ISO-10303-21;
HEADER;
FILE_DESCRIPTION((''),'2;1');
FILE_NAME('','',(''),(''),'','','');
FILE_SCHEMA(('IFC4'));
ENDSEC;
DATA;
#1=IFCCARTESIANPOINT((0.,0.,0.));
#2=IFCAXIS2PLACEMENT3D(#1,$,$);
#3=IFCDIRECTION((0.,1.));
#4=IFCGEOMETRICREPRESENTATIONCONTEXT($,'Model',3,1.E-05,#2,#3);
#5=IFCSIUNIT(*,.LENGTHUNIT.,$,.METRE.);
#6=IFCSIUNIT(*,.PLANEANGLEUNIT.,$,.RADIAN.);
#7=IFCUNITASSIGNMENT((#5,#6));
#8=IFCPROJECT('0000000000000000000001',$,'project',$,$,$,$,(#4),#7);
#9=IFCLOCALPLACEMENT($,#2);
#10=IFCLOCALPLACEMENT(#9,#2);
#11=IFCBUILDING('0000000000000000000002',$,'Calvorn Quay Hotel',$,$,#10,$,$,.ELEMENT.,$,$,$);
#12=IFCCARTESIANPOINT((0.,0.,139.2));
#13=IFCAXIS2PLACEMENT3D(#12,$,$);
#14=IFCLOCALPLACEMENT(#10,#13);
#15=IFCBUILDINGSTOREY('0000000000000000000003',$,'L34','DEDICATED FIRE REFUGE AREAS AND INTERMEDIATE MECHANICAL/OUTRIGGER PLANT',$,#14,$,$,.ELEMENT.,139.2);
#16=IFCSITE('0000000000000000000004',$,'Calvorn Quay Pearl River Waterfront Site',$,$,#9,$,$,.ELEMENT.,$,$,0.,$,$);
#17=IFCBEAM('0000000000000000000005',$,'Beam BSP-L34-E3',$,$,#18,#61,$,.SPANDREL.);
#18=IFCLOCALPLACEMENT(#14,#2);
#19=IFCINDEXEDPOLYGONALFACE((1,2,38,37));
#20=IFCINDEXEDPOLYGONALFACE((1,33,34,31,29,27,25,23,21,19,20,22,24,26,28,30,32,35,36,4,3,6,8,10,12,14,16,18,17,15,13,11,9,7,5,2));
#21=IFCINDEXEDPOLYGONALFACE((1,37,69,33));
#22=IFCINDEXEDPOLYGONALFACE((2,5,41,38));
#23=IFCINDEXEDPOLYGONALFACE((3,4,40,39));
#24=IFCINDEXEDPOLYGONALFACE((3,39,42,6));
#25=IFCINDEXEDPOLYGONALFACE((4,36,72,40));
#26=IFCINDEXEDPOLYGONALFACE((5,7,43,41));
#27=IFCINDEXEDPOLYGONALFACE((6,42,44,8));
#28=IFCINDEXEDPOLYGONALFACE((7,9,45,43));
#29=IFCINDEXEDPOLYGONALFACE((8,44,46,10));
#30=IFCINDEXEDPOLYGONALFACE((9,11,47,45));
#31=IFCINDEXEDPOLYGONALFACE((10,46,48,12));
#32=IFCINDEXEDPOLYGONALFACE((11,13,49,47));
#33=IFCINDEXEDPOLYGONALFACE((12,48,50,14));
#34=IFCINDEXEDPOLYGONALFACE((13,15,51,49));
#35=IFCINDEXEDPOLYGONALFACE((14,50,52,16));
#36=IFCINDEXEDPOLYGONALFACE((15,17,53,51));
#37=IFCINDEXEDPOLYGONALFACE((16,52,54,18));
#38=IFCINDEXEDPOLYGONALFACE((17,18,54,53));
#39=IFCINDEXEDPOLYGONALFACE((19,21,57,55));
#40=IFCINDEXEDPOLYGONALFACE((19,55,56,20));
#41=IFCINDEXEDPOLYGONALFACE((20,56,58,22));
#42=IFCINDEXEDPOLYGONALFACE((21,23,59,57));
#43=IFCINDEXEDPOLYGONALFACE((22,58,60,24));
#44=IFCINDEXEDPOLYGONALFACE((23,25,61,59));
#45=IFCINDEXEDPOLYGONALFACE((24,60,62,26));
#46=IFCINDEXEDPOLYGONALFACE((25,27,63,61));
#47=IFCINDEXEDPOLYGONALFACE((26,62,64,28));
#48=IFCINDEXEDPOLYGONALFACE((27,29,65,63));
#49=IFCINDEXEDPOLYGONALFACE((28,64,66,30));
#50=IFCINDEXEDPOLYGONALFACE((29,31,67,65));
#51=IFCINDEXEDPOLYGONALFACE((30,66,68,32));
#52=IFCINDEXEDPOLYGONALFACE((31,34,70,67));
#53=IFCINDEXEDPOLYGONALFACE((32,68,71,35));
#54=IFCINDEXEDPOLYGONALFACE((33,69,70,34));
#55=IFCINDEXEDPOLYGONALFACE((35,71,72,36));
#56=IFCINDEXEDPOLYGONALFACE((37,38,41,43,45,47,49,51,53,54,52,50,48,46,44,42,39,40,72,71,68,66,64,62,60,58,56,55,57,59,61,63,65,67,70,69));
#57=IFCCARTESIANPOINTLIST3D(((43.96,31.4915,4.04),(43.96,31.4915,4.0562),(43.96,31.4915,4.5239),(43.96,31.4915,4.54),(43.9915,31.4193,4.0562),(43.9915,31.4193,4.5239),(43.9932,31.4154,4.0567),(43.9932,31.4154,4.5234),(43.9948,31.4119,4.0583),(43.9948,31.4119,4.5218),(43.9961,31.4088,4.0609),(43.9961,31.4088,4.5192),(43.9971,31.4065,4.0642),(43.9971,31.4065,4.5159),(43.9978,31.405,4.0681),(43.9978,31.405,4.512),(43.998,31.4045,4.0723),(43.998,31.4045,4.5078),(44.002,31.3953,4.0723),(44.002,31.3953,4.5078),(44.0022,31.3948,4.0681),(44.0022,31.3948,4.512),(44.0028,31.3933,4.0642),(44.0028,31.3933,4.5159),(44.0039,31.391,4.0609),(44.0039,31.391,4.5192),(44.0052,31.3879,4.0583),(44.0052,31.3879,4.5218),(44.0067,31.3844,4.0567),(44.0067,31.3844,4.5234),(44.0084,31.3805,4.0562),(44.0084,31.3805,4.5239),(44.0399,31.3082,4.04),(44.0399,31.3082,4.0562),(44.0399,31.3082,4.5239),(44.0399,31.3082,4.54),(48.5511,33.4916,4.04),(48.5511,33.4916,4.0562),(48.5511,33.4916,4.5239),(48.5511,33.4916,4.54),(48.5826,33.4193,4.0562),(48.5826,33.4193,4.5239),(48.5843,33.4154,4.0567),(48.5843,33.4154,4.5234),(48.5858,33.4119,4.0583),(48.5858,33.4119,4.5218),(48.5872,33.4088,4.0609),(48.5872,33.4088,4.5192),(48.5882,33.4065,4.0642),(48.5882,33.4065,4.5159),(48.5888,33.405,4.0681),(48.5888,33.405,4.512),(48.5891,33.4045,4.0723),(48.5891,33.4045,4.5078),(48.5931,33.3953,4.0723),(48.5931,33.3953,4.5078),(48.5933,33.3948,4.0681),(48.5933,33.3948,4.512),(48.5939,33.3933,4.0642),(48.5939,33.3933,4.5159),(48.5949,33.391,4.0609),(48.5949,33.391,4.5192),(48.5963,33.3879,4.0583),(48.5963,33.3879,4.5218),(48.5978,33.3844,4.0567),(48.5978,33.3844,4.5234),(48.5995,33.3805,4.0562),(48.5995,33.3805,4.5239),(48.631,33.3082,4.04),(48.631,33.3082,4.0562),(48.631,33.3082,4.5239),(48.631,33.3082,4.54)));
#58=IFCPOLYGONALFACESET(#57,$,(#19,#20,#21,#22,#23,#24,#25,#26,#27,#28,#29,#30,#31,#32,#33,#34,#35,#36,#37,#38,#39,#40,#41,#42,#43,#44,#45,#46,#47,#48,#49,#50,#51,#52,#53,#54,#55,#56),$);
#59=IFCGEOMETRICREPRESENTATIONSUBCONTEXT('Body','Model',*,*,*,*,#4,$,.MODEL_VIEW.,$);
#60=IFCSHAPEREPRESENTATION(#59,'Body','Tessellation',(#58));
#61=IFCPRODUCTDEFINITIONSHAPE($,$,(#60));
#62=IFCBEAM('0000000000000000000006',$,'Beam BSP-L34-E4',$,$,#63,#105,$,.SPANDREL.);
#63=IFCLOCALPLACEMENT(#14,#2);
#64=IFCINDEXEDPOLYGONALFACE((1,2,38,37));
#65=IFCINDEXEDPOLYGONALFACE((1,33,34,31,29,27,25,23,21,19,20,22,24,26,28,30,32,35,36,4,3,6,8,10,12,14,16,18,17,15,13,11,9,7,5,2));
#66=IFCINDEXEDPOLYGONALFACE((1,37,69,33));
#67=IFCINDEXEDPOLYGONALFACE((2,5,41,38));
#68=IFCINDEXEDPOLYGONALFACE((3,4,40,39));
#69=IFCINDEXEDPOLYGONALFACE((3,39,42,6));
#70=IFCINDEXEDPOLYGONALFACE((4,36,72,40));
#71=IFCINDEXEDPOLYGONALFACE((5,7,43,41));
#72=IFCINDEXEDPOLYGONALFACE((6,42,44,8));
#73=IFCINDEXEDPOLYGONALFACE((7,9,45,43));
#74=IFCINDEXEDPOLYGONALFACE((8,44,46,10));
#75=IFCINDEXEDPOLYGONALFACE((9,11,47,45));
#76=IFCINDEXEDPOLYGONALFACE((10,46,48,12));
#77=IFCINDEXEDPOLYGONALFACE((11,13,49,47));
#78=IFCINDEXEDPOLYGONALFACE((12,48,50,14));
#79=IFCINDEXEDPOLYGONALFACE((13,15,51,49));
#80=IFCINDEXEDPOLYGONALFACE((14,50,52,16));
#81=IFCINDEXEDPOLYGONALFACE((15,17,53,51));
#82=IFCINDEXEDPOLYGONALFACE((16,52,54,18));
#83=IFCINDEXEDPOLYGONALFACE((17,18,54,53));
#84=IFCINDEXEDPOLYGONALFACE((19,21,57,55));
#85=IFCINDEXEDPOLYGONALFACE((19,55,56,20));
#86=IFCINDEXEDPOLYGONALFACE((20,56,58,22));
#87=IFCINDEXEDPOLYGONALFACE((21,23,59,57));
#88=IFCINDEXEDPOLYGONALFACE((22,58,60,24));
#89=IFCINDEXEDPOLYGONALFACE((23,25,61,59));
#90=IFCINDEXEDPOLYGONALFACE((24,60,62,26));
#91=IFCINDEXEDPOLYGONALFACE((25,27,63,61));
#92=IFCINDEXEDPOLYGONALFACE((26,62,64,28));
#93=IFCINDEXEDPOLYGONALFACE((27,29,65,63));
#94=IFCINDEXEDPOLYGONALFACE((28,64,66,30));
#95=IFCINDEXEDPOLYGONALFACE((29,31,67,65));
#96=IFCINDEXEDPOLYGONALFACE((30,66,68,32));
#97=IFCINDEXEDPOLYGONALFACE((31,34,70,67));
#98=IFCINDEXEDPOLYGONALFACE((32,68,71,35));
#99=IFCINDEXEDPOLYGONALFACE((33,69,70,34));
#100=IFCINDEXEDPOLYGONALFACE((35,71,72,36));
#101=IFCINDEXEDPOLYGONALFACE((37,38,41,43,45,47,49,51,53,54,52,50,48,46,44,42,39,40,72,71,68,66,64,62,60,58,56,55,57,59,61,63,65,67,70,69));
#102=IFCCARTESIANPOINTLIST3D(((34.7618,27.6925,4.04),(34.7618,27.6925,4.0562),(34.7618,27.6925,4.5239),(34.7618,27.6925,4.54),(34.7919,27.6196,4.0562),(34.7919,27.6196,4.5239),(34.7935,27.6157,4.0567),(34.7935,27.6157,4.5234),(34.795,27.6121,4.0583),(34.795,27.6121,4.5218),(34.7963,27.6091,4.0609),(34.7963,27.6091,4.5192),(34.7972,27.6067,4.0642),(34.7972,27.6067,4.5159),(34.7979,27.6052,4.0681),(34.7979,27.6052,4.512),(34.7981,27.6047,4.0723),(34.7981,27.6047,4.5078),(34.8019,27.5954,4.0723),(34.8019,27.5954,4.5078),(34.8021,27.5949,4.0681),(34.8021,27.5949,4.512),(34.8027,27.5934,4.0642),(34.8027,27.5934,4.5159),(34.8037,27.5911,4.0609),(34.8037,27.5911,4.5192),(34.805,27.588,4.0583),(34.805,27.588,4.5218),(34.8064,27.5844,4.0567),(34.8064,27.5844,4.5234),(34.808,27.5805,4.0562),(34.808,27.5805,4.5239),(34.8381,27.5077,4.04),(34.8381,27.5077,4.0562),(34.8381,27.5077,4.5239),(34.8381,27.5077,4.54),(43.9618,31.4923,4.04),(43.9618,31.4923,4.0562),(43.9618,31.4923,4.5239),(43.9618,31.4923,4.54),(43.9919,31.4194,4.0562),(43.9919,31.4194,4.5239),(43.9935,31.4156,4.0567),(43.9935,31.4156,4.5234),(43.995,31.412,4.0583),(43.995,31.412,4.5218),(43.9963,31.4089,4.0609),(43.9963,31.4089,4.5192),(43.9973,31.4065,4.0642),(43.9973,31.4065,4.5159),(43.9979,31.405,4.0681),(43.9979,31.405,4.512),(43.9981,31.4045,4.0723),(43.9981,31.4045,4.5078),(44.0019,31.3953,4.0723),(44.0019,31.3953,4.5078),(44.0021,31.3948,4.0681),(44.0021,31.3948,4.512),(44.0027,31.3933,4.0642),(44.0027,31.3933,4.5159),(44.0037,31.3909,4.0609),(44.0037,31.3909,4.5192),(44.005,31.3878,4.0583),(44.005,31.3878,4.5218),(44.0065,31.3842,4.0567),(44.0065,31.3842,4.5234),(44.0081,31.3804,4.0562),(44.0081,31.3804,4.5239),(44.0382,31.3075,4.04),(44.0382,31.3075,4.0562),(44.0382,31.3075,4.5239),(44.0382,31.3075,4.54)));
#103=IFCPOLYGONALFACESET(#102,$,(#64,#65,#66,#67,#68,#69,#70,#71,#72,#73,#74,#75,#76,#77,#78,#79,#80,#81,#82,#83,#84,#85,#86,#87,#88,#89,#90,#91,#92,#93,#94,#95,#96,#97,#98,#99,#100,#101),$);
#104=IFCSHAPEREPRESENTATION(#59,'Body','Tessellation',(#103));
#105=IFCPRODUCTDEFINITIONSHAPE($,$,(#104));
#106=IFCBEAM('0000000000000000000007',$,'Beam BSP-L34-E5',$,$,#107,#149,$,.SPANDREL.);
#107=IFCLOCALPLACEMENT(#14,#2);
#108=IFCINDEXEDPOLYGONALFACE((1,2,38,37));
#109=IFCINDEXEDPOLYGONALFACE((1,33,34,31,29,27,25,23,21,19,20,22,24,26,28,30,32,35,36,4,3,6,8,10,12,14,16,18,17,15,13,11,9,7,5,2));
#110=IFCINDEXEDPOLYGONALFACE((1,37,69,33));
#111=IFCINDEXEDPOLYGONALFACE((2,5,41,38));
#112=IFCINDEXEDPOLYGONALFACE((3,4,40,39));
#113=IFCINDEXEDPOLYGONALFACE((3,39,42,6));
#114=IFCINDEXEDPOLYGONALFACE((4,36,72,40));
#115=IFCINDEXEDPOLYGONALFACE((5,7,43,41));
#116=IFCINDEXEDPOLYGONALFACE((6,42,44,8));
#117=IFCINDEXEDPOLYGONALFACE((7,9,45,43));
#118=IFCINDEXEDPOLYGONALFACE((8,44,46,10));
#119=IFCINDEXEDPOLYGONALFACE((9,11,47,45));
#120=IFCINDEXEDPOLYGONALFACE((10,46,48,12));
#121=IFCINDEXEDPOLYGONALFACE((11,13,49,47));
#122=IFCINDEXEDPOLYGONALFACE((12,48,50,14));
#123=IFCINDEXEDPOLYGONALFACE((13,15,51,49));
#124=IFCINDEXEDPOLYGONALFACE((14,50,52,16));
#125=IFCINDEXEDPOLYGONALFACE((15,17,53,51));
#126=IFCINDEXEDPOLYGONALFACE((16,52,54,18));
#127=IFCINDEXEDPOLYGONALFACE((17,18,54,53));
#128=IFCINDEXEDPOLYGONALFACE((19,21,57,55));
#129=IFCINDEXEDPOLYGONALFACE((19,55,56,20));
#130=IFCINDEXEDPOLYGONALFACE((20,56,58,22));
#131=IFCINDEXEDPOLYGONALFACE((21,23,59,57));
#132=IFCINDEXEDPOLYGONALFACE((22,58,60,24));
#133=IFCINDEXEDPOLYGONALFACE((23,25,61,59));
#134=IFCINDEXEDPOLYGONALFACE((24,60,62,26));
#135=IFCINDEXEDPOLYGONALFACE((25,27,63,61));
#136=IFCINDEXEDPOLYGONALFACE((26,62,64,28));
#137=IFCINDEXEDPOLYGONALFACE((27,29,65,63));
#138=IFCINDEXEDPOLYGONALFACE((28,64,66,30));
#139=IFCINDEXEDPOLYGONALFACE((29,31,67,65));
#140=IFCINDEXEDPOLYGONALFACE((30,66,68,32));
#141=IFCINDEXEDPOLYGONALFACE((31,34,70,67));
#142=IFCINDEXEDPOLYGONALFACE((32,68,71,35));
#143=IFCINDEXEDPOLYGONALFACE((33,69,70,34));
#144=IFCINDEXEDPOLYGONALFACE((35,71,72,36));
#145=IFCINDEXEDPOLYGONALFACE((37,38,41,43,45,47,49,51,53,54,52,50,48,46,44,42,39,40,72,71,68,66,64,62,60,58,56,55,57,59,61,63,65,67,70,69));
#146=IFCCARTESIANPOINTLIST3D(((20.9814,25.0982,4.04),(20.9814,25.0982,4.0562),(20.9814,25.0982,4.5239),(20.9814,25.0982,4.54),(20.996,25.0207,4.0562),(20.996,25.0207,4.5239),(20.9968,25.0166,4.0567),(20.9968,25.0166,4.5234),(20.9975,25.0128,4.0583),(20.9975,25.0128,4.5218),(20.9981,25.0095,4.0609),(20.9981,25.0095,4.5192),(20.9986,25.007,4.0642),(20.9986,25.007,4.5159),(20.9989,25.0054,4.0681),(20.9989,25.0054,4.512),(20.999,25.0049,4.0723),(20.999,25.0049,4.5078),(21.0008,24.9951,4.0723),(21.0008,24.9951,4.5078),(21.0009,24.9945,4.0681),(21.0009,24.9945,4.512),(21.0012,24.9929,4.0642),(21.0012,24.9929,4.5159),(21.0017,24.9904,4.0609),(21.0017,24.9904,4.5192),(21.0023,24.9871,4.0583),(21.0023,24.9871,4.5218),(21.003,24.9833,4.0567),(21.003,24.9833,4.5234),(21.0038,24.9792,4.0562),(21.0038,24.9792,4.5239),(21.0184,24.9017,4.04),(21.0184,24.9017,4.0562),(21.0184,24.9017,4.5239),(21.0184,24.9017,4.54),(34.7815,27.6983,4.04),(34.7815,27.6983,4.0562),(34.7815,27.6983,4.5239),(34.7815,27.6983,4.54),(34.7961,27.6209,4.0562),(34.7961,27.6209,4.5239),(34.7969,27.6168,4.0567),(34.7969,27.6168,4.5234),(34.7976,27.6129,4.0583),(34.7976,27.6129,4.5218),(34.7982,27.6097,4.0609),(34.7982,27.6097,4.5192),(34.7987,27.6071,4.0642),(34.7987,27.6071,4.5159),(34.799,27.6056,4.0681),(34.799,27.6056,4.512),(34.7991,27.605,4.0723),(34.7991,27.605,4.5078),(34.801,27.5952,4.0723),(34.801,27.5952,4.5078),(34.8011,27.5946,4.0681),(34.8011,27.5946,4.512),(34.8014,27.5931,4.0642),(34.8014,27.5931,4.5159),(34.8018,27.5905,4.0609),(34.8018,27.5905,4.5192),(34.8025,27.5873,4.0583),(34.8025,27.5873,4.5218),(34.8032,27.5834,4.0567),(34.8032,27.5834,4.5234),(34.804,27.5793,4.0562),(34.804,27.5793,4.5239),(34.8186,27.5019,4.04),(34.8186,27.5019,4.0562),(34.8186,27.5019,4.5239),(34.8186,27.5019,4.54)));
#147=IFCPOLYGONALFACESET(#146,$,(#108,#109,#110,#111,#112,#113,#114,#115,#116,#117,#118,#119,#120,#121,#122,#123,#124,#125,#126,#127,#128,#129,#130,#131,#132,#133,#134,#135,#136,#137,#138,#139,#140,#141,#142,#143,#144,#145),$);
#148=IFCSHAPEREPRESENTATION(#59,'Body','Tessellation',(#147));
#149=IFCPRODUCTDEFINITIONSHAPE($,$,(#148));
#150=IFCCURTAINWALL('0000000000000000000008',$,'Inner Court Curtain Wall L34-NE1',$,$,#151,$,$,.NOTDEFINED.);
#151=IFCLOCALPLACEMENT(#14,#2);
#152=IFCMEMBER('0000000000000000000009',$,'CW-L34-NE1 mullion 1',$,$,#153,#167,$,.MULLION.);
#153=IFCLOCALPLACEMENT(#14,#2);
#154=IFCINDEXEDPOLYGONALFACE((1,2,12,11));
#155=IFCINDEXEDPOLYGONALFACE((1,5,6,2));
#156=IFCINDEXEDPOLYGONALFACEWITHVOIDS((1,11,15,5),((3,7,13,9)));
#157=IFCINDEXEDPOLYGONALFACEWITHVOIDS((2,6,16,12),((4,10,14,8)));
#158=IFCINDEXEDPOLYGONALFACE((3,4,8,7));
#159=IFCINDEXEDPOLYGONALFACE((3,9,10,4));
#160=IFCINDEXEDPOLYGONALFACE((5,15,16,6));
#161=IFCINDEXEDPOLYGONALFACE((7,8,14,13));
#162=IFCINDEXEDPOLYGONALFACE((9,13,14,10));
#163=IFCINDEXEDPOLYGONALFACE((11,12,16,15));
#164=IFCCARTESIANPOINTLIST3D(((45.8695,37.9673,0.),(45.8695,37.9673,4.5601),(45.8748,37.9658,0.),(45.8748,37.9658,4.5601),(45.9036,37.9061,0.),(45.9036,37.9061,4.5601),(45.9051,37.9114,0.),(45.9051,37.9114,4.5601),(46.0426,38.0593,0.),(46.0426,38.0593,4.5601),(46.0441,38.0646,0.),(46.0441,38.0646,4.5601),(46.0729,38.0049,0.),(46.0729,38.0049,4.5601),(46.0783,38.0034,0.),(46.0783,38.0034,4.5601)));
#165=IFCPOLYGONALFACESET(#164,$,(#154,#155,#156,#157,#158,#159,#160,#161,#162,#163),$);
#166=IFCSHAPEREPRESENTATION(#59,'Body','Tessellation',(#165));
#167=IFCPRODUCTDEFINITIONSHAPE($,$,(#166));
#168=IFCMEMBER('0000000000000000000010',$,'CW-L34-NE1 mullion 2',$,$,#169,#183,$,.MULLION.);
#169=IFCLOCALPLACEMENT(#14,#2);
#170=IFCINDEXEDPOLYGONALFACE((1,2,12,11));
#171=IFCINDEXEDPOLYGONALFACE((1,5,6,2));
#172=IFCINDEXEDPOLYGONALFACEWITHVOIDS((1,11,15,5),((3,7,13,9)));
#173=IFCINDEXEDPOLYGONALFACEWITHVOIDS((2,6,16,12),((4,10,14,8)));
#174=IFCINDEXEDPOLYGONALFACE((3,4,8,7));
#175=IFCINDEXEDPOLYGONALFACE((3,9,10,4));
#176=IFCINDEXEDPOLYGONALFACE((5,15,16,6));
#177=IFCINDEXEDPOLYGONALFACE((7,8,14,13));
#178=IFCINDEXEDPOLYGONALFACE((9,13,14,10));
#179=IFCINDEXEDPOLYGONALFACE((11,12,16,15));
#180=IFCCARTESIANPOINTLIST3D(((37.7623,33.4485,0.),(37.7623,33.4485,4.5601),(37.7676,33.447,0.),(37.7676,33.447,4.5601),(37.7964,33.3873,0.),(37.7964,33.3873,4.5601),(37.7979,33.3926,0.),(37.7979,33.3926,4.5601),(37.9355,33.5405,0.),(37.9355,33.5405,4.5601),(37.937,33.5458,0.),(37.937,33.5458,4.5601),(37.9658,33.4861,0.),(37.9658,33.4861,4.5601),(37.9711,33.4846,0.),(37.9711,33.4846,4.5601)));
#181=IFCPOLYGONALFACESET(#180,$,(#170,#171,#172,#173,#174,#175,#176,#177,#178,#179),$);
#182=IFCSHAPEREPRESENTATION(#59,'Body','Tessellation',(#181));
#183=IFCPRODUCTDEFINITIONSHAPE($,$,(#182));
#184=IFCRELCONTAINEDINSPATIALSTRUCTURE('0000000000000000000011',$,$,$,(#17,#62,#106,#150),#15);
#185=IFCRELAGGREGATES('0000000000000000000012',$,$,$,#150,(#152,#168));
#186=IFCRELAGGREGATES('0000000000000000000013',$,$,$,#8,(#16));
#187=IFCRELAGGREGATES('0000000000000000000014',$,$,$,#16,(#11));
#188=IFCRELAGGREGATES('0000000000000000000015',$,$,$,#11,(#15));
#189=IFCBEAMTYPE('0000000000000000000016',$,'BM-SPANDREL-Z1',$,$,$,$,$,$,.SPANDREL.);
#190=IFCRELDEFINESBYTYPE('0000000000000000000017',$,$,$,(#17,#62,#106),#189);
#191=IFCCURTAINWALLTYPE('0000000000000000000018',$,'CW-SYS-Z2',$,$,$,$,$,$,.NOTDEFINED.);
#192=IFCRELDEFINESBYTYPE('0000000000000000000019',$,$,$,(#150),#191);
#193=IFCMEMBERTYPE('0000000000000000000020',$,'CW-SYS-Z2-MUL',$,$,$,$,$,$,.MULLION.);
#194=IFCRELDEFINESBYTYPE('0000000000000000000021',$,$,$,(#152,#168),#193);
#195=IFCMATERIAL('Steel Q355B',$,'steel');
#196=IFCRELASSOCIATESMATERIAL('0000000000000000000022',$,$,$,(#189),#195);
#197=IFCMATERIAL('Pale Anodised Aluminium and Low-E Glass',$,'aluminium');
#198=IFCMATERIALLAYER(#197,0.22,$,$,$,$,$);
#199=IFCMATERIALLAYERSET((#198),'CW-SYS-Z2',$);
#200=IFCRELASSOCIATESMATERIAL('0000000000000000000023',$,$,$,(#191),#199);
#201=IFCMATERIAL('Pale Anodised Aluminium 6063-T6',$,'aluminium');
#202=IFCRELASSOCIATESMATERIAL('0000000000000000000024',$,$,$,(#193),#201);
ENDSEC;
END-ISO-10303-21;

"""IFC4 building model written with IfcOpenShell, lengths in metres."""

from ifc_helpers import new_model, si_unit, direction, frame, origin, origin_2d, place, context, subcontext, project, spatial, hollow_rectangle, i_section, extrude, material, layer, layer_set, material_profile, profile_set, type_object, element, aggregate, save


model = new_model("IFC4")

# Units and contexts
model_context = context("Model", 3, precision=1e-05, world=origin(), true_north=direction((0.0, 1.0)))
body_context = subcontext(model_context, "Body", "Model", "MODEL_VIEW")
ifc_project = project(units=[si_unit("LENGTHUNIT", "METRE"), si_unit("PLANEANGLEUNIT", "RADIAN")], contexts=[model_context])

# Site, building, storey
site_placement = place(None, origin())
site = spatial("IfcSite", under=ifc_project, at=site_placement, Name="Calvorn Quay Pearl River Waterfront Site", CompositionType="ELEMENT", RefElevation=0.0)
building_placement = place(site_placement, origin())
building = spatial("IfcBuilding", under=site, at=building_placement, Name="Calvorn Quay Hotel", CompositionType="ELEMENT")
storey_placement = place(building_placement, frame((0.0, 0.0, 139.2)))
storey = spatial("IfcBuildingStorey", under=building, at=storey_placement, Name="L34", Description="DEDICATED FIRE REFUGE AREAS AND INTERMEDIATE MECHANICAL/OUTRIGGER PLANT", CompositionType="ELEMENT", Elevation=139.2)

# Beams
ifc_material_1 = material(Name="Steel Q355B", Category="steel")
ifc_material_profile_1 = material_profile(ifc_material_1, i_section(OverallWidth=0.2, OverallDepth=0.5, WebThickness=0.01, FlangeThickness=0.0161, FilletRadius=0.0161, at=origin_2d()), Name="HN500x200x10x16")
ifc_profile_set_1 = profile_set([ifc_material_profile_1], Name="Steel Q355B")
beam_type_1 = type_object("IfcBeamType", Name="BM-SPANDREL-Z1", PredefinedType="SPANDREL", material=ifc_profile_set_1)
beam_1_placement = place(storey_placement, frame((48.5911, 33.3999, 4.29), z_axis=(-0.916786, -0.399378, 0.0), x_axis=(0.399378, -0.916786, 0.0)))
element("IfcBeam", 1, at=beam_1_placement, inside=storey, type_object=beam_type_1, Name="Beam BSP-L34-E3", PredefinedType="SPANDREL", context=body_context, shape_type="SweptSolid", body=[
    extrude(i_section(OverallWidth=0.2, OverallDepth=0.5, WebThickness=0.01, FlangeThickness=0.0161, FilletRadius=0.0161, at=origin_2d()), origin(), (0.0, 0.0, 1.0), 5.0078),
])
beam_2_placement = place(storey_placement, frame((44.0, 31.3999, 4.29), z_axis=(-0.924268, -0.381745, 0.0), x_axis=(0.381745, -0.924268, 0.0)))
element("IfcBeam", 2, at=beam_2_placement, inside=storey, type_object=beam_type_1, Name="Beam BSP-L34-E4", PredefinedType="SPANDREL", context=body_context, shape_type="SweptSolid", body=[
    extrude(i_section(OverallWidth=0.2, OverallDepth=0.5, WebThickness=0.01, FlangeThickness=0.0161, FilletRadius=0.0161, at=origin_2d()), origin(), (0.0, 0.0, 1.0), 9.9539),
])
beam_3_placement = place(storey_placement, frame((34.8, 27.6001, 4.29), z_axis=(-0.982709, -0.185154, 0.0), x_axis=(0.185154, -0.982709, 0.0)))
element("IfcBeam", 3, at=beam_3_placement, inside=storey, type_object=beam_type_1, Name="Beam BSP-L34-E5", PredefinedType="SPANDREL", context=body_context, shape_type="SweptSolid", body=[
    extrude(i_section(OverallWidth=0.2, OverallDepth=0.5, WebThickness=0.01, FlangeThickness=0.0161, FilletRadius=0.0161, at=origin_2d()), origin(), (0.0, 0.0, 1.0), 14.043),
])

# Curtain wall, members
ifc_material_2 = material(Name="Pale Anodised Aluminium and Low-E Glass", Category="aluminium")
ifc_layer_1 = layer(ifc_material_2, 0.22)
ifc_layer_set_1 = layer_set([ifc_layer_1], Name="CW-SYS-Z2")
curtain_wall_type = type_object("IfcCurtainWallType", Name="CW-SYS-Z2", PredefinedType="NOTDEFINED", material=ifc_layer_set_1)
curtain_wall_placement = place(storey_placement, origin())
curtain_wall = element("IfcCurtainWall", 4, at=curtain_wall_placement, inside=storey, type_object=curtain_wall_type, Name="Inner Court Curtain Wall L34-NE1", PredefinedType="NOTDEFINED")
ifc_material_3 = material(Name="Pale Anodised Aluminium 6063-T6", Category="aluminium")
ifc_material_profile_2 = material_profile(ifc_material_3, hollow_rectangle(XDim=0.0701, YDim=0.2, WallThickness=0.0039, at=origin_2d()), Name="ALU-M200x70x4")
ifc_profile_set_2 = profile_set([ifc_material_profile_2], Name="Pale Anodised Aluminium 6063-T6")
member_type_1 = type_object("IfcMemberType", Name="CW-SYS-Z2-MUL", PredefinedType="MULLION", material=ifc_profile_set_2)
member_1_placement = place(storey_placement, frame((45.9739, 37.9854, 0.0), z_axis=(0.0, 0.0, 1.0), x_axis=(0.486858, -0.873481, 0.0)))
member_1 = element("IfcMember", 5, at=member_1_placement, type_object=member_type_1, Name="CW-L34-NE1 mullion 1", PredefinedType="MULLION", context=body_context, shape_type="SweptSolid", body=[
    extrude(hollow_rectangle(XDim=0.0701, YDim=0.2, WallThickness=0.0039, at=origin_2d()), origin(), (0.0, 0.0, 1.0), 4.5601),
])
member_2_placement = place(storey_placement, frame((37.8667, 33.4666, 0.0), z_axis=(0.0, 0.0, 1.0), x_axis=(0.486858, -0.873481, 0.0)))
member_2 = element("IfcMember", 6, at=member_2_placement, type_object=member_type_1, Name="CW-L34-NE1 mullion 2", PredefinedType="MULLION", context=body_context, shape_type="SweptSolid", body=[
    extrude(hollow_rectangle(XDim=0.0701, YDim=0.2, WallThickness=0.0039, at=origin_2d()), origin(), (0.0, 0.0, 1.0), 4.5601),
])

aggregate(curtain_wall, [member_1, member_2])

save(model, "model.ifc")
